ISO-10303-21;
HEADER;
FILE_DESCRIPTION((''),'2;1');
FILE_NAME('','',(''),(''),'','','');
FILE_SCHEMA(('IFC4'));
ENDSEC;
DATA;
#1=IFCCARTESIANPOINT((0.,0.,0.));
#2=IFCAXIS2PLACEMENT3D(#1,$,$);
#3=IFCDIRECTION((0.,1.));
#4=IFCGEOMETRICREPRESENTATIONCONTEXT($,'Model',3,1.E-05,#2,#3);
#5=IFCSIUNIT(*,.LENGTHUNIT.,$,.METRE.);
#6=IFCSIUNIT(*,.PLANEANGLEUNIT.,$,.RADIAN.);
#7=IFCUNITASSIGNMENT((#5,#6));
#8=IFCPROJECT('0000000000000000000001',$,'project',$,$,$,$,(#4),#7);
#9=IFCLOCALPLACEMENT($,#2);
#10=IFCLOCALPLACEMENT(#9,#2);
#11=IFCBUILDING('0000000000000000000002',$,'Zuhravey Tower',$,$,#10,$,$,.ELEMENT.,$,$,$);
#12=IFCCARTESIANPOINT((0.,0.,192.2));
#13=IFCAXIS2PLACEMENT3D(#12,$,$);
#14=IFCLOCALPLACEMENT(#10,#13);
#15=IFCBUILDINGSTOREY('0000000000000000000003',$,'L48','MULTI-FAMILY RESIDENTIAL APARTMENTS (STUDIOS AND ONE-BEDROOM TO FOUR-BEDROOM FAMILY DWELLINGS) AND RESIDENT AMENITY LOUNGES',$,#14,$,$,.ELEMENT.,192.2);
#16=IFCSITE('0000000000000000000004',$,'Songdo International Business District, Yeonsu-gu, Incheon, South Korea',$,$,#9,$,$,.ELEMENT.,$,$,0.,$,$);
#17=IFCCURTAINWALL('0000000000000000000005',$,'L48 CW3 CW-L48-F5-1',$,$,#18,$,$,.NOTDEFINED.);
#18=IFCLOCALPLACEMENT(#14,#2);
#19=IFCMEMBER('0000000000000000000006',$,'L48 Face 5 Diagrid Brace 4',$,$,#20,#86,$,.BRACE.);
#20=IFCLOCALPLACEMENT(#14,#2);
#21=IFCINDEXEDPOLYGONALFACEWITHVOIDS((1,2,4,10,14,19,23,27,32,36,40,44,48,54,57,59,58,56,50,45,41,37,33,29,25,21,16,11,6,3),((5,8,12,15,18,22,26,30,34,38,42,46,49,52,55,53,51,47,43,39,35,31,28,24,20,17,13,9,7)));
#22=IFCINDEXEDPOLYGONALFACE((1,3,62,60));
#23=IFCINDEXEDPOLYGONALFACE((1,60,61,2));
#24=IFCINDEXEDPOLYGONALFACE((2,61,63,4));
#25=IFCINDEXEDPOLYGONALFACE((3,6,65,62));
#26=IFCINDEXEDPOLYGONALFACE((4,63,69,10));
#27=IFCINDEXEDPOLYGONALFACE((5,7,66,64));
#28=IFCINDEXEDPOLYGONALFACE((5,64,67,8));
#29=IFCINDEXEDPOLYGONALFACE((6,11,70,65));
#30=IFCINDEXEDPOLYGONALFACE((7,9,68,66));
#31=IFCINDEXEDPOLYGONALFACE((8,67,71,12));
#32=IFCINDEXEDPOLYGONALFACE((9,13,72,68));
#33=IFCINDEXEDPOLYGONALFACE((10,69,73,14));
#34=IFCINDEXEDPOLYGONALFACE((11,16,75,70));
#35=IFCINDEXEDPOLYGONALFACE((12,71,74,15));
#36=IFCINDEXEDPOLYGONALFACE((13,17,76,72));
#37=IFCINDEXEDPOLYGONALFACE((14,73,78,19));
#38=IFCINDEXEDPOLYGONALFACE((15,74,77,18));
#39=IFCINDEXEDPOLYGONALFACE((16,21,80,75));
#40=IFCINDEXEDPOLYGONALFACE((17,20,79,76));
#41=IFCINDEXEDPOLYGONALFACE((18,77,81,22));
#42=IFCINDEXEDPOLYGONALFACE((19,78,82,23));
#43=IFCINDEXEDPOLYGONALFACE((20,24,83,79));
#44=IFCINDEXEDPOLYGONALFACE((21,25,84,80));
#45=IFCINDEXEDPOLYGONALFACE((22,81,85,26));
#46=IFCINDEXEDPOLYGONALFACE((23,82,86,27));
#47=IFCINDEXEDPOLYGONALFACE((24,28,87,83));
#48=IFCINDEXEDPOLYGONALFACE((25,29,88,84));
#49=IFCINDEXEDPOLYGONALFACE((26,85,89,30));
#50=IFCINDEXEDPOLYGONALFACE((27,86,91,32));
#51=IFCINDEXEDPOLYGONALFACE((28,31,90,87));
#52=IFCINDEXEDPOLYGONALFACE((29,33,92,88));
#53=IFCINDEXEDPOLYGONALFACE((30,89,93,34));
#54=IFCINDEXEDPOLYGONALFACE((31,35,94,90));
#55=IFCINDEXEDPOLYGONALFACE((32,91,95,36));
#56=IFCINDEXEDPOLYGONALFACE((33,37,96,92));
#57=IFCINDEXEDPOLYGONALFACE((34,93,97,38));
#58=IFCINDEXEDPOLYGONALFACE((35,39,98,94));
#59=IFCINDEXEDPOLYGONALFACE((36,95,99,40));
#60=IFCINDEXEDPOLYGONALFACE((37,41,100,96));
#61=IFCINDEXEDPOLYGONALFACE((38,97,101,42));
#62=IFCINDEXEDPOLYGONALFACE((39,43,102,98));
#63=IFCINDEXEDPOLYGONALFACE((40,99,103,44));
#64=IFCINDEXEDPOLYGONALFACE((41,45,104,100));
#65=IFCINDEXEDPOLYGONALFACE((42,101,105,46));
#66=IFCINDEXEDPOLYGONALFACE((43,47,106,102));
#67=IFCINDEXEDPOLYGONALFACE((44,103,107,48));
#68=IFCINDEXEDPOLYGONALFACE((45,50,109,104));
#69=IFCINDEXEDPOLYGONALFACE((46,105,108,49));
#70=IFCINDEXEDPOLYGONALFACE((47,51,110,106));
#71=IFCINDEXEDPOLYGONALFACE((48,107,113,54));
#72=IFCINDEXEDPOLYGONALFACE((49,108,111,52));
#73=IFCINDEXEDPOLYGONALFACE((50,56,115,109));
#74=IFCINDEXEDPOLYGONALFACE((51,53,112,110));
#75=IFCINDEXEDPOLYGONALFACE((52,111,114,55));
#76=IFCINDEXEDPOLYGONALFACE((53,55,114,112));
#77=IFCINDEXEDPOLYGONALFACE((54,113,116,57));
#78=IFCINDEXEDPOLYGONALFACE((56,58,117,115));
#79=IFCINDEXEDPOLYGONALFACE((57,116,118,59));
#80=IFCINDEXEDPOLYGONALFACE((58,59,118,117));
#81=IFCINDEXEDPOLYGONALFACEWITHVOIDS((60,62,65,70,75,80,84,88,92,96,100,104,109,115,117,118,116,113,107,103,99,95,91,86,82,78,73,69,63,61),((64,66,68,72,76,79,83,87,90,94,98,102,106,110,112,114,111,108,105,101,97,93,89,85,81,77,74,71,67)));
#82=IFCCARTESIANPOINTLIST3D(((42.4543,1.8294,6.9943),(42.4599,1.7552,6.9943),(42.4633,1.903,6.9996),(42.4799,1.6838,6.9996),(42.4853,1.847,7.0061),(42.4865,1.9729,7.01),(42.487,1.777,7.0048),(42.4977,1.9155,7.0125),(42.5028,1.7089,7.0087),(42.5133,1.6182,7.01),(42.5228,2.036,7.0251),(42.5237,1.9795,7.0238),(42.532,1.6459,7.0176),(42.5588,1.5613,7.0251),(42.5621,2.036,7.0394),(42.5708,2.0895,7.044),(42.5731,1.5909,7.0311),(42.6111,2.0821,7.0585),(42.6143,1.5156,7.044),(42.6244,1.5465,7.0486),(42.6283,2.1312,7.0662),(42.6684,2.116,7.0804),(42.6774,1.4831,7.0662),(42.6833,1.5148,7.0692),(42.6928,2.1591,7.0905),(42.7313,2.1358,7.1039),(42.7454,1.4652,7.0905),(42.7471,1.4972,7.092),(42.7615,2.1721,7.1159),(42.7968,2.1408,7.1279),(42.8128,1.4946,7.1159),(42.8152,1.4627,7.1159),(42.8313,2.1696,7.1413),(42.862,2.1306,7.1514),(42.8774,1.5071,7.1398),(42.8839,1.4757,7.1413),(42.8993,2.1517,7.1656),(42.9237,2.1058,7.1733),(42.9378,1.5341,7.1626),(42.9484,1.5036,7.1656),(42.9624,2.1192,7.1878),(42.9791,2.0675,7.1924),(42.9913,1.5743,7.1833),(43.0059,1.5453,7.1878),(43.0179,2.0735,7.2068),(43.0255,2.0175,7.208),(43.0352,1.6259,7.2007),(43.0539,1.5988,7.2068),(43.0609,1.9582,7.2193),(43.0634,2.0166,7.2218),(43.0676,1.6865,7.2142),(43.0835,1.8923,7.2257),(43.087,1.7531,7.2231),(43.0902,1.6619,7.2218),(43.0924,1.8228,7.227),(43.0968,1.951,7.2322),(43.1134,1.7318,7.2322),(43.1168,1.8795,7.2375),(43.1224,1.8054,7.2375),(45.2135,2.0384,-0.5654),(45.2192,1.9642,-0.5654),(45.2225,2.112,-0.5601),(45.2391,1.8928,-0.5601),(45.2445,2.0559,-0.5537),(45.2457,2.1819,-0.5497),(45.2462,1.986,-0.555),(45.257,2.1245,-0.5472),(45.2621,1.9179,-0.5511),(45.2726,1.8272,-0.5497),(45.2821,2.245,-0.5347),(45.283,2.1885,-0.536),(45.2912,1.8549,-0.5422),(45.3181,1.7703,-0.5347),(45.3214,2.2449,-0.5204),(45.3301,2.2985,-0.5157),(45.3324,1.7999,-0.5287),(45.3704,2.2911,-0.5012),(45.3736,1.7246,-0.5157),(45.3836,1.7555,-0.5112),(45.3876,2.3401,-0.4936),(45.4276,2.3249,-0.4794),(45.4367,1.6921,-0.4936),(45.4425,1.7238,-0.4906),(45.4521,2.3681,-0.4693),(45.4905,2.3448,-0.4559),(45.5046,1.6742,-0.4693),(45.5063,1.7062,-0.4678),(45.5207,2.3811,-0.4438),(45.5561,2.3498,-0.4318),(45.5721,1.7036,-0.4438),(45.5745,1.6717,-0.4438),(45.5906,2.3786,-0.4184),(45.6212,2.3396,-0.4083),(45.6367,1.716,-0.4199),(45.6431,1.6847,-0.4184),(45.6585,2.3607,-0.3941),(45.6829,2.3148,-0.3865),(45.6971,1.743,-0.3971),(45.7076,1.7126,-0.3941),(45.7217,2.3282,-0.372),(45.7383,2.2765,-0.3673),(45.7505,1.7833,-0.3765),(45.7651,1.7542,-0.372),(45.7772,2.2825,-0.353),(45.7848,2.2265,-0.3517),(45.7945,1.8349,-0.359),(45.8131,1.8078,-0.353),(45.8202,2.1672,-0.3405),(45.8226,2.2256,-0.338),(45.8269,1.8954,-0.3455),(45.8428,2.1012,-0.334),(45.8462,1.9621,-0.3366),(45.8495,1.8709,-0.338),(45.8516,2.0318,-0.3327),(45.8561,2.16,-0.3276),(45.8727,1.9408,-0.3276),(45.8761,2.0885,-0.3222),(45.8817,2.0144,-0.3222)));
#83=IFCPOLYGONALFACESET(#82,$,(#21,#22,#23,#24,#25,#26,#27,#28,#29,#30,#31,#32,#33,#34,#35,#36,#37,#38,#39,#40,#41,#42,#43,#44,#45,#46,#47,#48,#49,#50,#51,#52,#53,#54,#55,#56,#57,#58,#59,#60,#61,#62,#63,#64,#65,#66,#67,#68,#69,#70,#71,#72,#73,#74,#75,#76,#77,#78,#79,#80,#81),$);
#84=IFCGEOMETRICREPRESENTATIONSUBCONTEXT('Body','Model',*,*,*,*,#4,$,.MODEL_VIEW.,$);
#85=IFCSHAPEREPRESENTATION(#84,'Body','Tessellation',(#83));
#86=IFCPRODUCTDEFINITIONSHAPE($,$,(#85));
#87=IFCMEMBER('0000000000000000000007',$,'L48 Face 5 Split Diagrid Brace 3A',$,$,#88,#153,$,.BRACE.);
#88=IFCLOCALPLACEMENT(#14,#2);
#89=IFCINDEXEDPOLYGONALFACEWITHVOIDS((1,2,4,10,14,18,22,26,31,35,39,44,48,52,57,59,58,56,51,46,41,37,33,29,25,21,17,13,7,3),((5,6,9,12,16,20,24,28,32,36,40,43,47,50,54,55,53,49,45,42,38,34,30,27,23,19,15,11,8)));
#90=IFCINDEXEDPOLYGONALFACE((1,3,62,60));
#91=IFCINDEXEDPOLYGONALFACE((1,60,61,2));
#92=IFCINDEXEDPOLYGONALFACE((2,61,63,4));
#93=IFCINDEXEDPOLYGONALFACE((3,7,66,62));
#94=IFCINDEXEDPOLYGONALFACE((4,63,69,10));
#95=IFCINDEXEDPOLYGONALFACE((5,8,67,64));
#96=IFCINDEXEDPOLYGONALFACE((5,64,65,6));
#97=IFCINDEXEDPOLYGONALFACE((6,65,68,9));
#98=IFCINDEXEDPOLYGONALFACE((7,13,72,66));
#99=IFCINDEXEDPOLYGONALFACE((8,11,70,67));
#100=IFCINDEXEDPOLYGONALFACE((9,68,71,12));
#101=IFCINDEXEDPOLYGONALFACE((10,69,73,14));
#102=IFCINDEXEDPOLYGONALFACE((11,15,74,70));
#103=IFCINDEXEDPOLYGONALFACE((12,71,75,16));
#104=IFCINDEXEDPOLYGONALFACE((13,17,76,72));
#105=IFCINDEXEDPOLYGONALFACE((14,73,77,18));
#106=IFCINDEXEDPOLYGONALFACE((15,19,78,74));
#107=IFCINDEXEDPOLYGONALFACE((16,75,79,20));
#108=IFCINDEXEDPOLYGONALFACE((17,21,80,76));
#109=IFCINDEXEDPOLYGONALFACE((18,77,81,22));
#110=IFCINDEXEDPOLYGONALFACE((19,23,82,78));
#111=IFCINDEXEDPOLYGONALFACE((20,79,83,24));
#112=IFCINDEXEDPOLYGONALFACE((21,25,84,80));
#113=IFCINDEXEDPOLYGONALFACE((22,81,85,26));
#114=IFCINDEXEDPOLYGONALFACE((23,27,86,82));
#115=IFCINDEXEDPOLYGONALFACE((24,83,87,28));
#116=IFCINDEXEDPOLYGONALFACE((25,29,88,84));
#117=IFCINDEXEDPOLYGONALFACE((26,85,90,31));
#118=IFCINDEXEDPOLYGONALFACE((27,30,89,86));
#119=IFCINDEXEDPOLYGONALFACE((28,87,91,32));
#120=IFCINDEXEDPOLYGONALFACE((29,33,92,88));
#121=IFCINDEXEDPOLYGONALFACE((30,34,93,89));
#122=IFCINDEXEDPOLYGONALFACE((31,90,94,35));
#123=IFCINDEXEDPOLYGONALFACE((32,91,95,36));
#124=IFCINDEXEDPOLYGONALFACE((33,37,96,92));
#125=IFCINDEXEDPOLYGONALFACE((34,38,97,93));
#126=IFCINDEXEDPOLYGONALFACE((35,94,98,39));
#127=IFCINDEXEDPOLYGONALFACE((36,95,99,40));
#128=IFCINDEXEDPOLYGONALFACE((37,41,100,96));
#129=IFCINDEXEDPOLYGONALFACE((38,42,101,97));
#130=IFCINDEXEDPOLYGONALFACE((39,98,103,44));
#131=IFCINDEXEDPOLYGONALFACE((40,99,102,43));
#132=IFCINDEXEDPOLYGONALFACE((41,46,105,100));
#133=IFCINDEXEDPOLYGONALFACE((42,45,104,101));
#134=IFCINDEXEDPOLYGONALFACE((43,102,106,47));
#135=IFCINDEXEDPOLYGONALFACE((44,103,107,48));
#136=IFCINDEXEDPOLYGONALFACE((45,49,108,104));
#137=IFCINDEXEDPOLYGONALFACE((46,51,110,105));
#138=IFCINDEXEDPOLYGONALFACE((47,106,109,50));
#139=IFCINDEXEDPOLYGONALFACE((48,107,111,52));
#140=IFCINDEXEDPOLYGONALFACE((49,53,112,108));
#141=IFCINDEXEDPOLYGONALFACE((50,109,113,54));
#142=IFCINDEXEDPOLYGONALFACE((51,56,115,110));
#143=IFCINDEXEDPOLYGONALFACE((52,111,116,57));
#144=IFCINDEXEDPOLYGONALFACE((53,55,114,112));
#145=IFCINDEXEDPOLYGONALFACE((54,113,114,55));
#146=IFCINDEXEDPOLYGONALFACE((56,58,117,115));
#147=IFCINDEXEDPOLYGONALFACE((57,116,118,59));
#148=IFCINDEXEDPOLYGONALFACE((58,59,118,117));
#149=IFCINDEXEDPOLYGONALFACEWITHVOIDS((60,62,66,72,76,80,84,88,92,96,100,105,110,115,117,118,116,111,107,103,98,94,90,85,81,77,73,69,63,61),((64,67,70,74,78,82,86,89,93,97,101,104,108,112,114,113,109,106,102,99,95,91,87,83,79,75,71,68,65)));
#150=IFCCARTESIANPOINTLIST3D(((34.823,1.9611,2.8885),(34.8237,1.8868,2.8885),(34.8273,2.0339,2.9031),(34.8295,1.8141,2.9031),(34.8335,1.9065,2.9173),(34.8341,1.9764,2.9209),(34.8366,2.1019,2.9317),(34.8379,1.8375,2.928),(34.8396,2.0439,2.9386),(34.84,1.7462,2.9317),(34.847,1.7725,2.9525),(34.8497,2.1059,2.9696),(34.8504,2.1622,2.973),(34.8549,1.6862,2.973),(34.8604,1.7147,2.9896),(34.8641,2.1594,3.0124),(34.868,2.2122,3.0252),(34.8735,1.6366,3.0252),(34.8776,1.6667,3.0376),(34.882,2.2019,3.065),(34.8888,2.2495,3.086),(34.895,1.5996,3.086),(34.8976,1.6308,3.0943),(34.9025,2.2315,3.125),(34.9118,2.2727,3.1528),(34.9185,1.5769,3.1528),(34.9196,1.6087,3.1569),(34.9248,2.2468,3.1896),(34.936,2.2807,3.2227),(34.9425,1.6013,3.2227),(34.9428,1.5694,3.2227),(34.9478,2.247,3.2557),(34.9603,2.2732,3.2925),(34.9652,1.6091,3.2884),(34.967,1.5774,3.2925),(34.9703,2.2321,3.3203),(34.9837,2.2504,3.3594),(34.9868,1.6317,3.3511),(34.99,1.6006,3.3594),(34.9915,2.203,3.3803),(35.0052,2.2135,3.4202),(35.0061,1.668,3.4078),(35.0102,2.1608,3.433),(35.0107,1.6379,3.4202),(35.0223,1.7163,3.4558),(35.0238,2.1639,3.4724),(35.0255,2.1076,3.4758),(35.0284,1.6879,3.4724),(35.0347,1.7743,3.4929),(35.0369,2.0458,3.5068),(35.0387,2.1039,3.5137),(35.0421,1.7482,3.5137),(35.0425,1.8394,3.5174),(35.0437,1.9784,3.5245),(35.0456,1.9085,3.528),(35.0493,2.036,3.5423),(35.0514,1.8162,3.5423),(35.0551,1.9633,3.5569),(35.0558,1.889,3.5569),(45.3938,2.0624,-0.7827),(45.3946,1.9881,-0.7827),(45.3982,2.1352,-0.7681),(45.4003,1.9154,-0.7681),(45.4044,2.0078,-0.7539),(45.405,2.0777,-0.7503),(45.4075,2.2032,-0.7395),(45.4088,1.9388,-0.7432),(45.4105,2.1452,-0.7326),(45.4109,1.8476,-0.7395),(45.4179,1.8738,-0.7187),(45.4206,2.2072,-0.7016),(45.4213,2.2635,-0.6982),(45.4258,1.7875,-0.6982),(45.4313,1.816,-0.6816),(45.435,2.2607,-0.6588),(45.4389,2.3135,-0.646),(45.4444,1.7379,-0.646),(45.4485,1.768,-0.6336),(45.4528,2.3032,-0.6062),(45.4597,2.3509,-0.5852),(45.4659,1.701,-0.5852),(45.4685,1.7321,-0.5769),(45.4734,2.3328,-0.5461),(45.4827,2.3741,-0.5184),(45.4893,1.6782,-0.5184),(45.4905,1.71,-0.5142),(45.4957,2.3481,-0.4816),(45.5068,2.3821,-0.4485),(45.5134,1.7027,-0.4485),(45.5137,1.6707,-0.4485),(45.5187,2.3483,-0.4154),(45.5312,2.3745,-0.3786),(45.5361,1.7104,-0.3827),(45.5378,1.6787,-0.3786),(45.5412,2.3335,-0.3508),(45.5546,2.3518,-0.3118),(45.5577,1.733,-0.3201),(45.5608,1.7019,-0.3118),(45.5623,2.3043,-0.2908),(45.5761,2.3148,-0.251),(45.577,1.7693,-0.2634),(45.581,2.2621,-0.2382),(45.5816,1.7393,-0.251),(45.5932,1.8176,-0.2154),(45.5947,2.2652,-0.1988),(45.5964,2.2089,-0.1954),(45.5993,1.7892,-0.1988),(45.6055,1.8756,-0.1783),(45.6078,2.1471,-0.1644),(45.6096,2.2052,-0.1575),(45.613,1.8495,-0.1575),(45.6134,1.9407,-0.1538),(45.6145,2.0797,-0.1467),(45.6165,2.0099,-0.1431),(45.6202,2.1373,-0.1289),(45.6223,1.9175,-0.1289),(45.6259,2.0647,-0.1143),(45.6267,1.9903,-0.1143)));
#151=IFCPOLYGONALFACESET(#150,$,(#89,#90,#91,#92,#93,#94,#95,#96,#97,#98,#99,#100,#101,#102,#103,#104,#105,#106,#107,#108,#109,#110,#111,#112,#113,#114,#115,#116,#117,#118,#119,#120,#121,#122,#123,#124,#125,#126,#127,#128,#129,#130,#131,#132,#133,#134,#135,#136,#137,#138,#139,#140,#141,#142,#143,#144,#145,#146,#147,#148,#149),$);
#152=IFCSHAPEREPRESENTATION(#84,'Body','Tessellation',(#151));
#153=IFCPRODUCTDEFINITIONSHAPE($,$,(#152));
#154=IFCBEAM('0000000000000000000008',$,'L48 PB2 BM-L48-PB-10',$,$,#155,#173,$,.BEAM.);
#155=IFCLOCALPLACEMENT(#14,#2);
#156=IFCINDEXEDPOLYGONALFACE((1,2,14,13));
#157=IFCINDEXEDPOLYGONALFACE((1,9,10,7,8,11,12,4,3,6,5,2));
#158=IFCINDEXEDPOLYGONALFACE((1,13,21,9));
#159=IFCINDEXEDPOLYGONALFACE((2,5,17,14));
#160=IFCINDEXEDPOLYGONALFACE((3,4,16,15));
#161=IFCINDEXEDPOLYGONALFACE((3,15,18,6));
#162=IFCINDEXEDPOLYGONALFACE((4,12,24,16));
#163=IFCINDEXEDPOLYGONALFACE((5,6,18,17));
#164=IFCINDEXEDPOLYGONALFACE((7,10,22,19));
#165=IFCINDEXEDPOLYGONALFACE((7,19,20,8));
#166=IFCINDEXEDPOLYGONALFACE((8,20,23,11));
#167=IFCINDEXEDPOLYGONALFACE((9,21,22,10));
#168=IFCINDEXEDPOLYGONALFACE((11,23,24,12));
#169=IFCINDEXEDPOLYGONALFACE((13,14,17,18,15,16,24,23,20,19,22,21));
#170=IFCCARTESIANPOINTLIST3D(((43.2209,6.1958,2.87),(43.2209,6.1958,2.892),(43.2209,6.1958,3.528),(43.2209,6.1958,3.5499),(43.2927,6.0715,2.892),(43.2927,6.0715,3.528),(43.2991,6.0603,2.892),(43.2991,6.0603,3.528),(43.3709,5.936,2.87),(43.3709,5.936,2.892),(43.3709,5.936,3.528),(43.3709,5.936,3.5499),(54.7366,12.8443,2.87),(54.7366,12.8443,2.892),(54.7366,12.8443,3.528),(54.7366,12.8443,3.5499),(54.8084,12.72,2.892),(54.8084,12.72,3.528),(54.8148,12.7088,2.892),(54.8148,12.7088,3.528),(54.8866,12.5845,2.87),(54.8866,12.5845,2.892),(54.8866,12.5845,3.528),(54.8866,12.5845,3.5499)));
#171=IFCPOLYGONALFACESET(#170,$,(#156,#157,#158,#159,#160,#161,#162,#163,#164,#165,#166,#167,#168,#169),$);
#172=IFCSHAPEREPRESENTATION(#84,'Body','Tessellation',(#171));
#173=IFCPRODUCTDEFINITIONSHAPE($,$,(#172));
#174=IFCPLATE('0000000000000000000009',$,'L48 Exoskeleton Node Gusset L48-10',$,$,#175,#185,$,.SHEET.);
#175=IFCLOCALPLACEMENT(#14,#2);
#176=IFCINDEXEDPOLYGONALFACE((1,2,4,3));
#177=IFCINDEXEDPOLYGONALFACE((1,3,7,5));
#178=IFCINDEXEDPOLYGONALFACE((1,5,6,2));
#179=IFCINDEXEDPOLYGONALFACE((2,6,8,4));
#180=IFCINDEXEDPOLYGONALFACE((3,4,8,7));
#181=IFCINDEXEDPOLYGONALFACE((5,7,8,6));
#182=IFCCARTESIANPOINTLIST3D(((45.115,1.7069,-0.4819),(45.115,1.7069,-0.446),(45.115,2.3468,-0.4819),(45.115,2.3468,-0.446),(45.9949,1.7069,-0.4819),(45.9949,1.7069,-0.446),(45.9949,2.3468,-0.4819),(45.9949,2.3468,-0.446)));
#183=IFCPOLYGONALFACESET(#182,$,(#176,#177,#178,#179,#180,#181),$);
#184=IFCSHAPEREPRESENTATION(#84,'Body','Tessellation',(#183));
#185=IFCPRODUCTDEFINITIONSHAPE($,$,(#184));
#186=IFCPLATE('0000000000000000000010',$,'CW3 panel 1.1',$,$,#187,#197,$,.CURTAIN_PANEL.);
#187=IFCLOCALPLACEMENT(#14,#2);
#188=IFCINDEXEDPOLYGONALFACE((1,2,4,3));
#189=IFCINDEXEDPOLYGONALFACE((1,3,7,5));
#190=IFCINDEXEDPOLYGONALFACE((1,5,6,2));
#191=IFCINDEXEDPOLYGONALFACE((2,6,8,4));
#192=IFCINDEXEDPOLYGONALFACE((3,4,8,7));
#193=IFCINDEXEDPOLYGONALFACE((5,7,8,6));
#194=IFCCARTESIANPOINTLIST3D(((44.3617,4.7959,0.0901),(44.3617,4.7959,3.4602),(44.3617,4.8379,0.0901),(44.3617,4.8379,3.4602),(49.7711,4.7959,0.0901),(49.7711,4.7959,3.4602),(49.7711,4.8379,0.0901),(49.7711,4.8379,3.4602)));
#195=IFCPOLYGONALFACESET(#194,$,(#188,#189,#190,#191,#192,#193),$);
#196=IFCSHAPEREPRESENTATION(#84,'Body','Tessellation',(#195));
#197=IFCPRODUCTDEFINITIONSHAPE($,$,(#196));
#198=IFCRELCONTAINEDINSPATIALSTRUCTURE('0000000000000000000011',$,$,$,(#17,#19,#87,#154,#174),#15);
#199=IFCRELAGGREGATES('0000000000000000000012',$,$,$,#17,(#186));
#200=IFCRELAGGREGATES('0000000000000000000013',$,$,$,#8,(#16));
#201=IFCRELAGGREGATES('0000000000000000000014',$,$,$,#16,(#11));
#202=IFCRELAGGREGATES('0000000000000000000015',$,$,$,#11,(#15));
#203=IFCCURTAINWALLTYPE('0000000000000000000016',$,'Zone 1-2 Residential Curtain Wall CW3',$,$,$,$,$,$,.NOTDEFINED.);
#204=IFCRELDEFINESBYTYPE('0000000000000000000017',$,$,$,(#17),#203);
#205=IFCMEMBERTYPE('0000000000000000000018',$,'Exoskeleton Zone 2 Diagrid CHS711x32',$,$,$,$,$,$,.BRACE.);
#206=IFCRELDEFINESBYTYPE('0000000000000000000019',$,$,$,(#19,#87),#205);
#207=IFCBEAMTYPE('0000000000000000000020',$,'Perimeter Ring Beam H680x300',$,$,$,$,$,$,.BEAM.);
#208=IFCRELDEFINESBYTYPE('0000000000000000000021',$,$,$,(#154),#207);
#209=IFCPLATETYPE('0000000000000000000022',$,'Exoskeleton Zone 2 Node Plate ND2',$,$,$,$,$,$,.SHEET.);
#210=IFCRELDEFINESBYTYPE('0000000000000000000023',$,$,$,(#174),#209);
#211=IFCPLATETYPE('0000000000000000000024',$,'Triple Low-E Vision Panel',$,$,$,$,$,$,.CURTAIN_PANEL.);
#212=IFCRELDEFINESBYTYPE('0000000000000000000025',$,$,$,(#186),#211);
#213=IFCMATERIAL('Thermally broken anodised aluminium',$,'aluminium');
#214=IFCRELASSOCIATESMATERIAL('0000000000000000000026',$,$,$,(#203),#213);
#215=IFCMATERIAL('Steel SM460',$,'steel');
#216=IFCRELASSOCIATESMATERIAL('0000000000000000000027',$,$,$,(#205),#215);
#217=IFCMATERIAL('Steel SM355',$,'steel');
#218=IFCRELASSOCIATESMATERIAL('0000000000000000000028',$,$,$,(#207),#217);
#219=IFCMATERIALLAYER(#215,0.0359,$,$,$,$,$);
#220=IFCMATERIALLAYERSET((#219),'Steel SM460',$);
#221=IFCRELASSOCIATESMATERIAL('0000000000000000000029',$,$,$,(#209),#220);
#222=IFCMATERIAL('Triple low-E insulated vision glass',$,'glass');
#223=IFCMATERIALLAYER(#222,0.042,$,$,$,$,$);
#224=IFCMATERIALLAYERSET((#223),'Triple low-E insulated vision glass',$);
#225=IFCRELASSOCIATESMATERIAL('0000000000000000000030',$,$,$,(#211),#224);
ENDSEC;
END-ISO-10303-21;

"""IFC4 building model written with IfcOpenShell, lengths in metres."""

from ifc_helpers import new_model, si_unit, direction, frame, origin, origin_2d, place, context, subcontext, project, spatial, rectangle, hollow_circle, i_section, extrude, material, layer, layer_set, material_profile, profile_set, type_object, element, aggregate, save


model = new_model("IFC4")

# Units and contexts
model_context = context("Model", 3, precision=1e-05, world=origin(), true_north=direction((0.0, 1.0)))
body_context = subcontext(model_context, "Body", "Model", "MODEL_VIEW")
ifc_project = project(units=[si_unit("LENGTHUNIT", "METRE"), si_unit("PLANEANGLEUNIT", "RADIAN")], contexts=[model_context])

# Site, building, storey
site_placement = place(None, origin())
site = spatial("IfcSite", under=ifc_project, at=site_placement, Name="Songdo International Business District, Yeonsu-gu, Incheon, South Korea", CompositionType="ELEMENT", RefElevation=0.0)
building_placement = place(site_placement, origin())
building = spatial("IfcBuilding", under=site, at=building_placement, Name="Zuhravey Tower", CompositionType="ELEMENT")
storey_placement = place(building_placement, frame((0.0, 0.0, 192.2)))
storey = spatial("IfcBuildingStorey", under=building, at=storey_placement, Name="L48", Description="MULTI-FAMILY RESIDENTIAL APARTMENTS (STUDIOS AND ONE-BEDROOM TO FOUR-BEDROOM FAMILY DWELLINGS) AND RESIDENT AMENITY LOUNGES", CompositionType="ELEMENT", Elevation=192.2)

# Curtain wall
ifc_material_1 = material(Name="Thermally broken anodised aluminium", Category="aluminium")
curtain_wall_type = type_object("IfcCurtainWallType", Name="Zone 1-2 Residential Curtain Wall CW3", PredefinedType="NOTDEFINED", material=ifc_material_1)
curtain_wall_placement = place(storey_placement, origin())
curtain_wall = element("IfcCurtainWall", 1, at=curtain_wall_placement, inside=storey, type_object=curtain_wall_type, Name="L48 CW3 CW-L48-F5-1", PredefinedType="NOTDEFINED")

# Members
ifc_material_2 = material(Name="Steel SM460", Category="steel")
ifc_material_profile_1 = material_profile(ifc_material_2, hollow_circle(Radius=0.3557, WallThickness=0.032, at=origin_2d()), Name="CHS-711.2x32")
ifc_profile_set_1 = profile_set([ifc_material_profile_1], Name="Steel SM460")
member_type_1 = type_object("IfcMemberType", Name="Exoskeleton Zone 2 Diagrid CHS711x32", PredefinedType="BRACE", material=ifc_profile_set_1)
member_1_placement = place(storey_placement, frame((45.5476, 2.0264, -0.4438), z_axis=(-0.342753, -0.02596, 0.939067), x_axis=(0.075523, -0.997144, 0.0)))
element("IfcMember", 2, at=member_1_placement, inside=storey, type_object=member_type_1, Name="L48 Face 5 Diagrid Brace 4", PredefinedType="BRACE", context=body_context, shape_type="SweptSolid", body=[
    extrude(hollow_circle(Radius=0.3557, WallThickness=0.032, at=origin_2d()), origin(), (0.0, 0.0, 1.0), 8.0503),
])
member_2_placement = place(storey_placement, frame((45.5103, 2.0264, -0.4485), z_axis=(-0.944615, -0.009054, 0.328056), x_axis=(0.009584, -0.999954, 0.0)))
element("IfcMember", 3, at=member_2_placement, inside=storey, type_object=member_type_1, Name="L48 Face 5 Split Diagrid Brace 3A", PredefinedType="BRACE", context=body_context, shape_type="SweptSolid", body=[
    extrude(hollow_circle(Radius=0.3557, WallThickness=0.032, at=origin_2d()), origin(), (0.0, 0.0, 1.0), 11.1907),
])

# Beam
ifc_material_3 = material(Name="Steel SM355", Category="steel")
ifc_material_profile_2 = material_profile(ifc_material_3, i_section(OverallWidth=0.3, OverallDepth=0.6799, WebThickness=0.0129, FlangeThickness=0.022, at=origin_2d()), Name="H-680x300x13x22")
ifc_profile_set_2 = profile_set([ifc_material_profile_2], Name="Steel SM355")
beam_type = type_object("IfcBeamType", Name="Perimeter Ring Beam H680x300", PredefinedType="BEAM", material=ifc_profile_set_2)
beam_placement = place(storey_placement, frame((43.2959, 6.0659, 3.21), z_axis=(0.866029, 0.499994, 0.0), x_axis=(-0.499994, 0.866029, 0.0)))
element("IfcBeam", 4, at=beam_placement, inside=storey, type_object=beam_type, Name="L48 PB2 BM-L48-PB-10", PredefinedType="BEAM", context=body_context, shape_type="SweptSolid", body=[
    extrude(i_section(OverallWidth=0.3, OverallDepth=0.6799, WebThickness=0.0129, FlangeThickness=0.022, at=origin_2d()), origin(), (0.0, 0.0, 1.0), 13.2971),
])

# Plates
ifc_layer_1 = layer(ifc_material_2, 0.0359)
ifc_layer_set_1 = layer_set([ifc_layer_1], Name="Steel SM460")
plate_type_1 = type_object("IfcPlateType", Name="Exoskeleton Zone 2 Node Plate ND2", PredefinedType="SHEET", material=ifc_layer_set_1)
plate_1_placement = place(storey_placement, frame((45.5549, 2.0269, -0.4819), z_axis=(0.0, 0.0, 1.0), x_axis=(1.0, 0.0, 0.0)))
element("IfcPlate", 5, at=plate_1_placement, inside=storey, type_object=plate_type_1, Name="L48 Exoskeleton Node Gusset L48-10", PredefinedType="SHEET", context=body_context, shape_type="SweptSolid", body=[
    extrude(rectangle(XDim=0.8799, YDim=0.6399, at=origin_2d()), origin(), (0.0, 0.0, 1.0), 0.0359),
])
ifc_material_4 = material(Name="Triple low-E insulated vision glass", Category="glass")
ifc_layer_2 = layer(ifc_material_4, 0.042)
ifc_layer_set_2 = layer_set([ifc_layer_2], Name="Triple low-E insulated vision glass")
plate_type_2 = type_object("IfcPlateType", Name="Triple Low-E Vision Panel", PredefinedType="CURTAIN_PANEL", material=ifc_layer_set_2)
plate_2_placement = place(storey_placement, frame((47.0664, 4.8169, 0.0901), z_axis=(0.0, 0.0, 1.0), x_axis=(-1.0, 0.0, 0.0)))
plate_2 = element("IfcPlate", 6, at=plate_2_placement, type_object=plate_type_2, Name="CW3 panel 1.1", PredefinedType="CURTAIN_PANEL", context=body_context, shape_type="SweptSolid", body=[
    extrude(rectangle(XDim=5.4094, YDim=0.042, at=origin_2d()), origin(), (0.0, 0.0, 1.0), 3.3701),
])
aggregate(curtain_wall, [plate_2])

save(model, "model.ifc")
